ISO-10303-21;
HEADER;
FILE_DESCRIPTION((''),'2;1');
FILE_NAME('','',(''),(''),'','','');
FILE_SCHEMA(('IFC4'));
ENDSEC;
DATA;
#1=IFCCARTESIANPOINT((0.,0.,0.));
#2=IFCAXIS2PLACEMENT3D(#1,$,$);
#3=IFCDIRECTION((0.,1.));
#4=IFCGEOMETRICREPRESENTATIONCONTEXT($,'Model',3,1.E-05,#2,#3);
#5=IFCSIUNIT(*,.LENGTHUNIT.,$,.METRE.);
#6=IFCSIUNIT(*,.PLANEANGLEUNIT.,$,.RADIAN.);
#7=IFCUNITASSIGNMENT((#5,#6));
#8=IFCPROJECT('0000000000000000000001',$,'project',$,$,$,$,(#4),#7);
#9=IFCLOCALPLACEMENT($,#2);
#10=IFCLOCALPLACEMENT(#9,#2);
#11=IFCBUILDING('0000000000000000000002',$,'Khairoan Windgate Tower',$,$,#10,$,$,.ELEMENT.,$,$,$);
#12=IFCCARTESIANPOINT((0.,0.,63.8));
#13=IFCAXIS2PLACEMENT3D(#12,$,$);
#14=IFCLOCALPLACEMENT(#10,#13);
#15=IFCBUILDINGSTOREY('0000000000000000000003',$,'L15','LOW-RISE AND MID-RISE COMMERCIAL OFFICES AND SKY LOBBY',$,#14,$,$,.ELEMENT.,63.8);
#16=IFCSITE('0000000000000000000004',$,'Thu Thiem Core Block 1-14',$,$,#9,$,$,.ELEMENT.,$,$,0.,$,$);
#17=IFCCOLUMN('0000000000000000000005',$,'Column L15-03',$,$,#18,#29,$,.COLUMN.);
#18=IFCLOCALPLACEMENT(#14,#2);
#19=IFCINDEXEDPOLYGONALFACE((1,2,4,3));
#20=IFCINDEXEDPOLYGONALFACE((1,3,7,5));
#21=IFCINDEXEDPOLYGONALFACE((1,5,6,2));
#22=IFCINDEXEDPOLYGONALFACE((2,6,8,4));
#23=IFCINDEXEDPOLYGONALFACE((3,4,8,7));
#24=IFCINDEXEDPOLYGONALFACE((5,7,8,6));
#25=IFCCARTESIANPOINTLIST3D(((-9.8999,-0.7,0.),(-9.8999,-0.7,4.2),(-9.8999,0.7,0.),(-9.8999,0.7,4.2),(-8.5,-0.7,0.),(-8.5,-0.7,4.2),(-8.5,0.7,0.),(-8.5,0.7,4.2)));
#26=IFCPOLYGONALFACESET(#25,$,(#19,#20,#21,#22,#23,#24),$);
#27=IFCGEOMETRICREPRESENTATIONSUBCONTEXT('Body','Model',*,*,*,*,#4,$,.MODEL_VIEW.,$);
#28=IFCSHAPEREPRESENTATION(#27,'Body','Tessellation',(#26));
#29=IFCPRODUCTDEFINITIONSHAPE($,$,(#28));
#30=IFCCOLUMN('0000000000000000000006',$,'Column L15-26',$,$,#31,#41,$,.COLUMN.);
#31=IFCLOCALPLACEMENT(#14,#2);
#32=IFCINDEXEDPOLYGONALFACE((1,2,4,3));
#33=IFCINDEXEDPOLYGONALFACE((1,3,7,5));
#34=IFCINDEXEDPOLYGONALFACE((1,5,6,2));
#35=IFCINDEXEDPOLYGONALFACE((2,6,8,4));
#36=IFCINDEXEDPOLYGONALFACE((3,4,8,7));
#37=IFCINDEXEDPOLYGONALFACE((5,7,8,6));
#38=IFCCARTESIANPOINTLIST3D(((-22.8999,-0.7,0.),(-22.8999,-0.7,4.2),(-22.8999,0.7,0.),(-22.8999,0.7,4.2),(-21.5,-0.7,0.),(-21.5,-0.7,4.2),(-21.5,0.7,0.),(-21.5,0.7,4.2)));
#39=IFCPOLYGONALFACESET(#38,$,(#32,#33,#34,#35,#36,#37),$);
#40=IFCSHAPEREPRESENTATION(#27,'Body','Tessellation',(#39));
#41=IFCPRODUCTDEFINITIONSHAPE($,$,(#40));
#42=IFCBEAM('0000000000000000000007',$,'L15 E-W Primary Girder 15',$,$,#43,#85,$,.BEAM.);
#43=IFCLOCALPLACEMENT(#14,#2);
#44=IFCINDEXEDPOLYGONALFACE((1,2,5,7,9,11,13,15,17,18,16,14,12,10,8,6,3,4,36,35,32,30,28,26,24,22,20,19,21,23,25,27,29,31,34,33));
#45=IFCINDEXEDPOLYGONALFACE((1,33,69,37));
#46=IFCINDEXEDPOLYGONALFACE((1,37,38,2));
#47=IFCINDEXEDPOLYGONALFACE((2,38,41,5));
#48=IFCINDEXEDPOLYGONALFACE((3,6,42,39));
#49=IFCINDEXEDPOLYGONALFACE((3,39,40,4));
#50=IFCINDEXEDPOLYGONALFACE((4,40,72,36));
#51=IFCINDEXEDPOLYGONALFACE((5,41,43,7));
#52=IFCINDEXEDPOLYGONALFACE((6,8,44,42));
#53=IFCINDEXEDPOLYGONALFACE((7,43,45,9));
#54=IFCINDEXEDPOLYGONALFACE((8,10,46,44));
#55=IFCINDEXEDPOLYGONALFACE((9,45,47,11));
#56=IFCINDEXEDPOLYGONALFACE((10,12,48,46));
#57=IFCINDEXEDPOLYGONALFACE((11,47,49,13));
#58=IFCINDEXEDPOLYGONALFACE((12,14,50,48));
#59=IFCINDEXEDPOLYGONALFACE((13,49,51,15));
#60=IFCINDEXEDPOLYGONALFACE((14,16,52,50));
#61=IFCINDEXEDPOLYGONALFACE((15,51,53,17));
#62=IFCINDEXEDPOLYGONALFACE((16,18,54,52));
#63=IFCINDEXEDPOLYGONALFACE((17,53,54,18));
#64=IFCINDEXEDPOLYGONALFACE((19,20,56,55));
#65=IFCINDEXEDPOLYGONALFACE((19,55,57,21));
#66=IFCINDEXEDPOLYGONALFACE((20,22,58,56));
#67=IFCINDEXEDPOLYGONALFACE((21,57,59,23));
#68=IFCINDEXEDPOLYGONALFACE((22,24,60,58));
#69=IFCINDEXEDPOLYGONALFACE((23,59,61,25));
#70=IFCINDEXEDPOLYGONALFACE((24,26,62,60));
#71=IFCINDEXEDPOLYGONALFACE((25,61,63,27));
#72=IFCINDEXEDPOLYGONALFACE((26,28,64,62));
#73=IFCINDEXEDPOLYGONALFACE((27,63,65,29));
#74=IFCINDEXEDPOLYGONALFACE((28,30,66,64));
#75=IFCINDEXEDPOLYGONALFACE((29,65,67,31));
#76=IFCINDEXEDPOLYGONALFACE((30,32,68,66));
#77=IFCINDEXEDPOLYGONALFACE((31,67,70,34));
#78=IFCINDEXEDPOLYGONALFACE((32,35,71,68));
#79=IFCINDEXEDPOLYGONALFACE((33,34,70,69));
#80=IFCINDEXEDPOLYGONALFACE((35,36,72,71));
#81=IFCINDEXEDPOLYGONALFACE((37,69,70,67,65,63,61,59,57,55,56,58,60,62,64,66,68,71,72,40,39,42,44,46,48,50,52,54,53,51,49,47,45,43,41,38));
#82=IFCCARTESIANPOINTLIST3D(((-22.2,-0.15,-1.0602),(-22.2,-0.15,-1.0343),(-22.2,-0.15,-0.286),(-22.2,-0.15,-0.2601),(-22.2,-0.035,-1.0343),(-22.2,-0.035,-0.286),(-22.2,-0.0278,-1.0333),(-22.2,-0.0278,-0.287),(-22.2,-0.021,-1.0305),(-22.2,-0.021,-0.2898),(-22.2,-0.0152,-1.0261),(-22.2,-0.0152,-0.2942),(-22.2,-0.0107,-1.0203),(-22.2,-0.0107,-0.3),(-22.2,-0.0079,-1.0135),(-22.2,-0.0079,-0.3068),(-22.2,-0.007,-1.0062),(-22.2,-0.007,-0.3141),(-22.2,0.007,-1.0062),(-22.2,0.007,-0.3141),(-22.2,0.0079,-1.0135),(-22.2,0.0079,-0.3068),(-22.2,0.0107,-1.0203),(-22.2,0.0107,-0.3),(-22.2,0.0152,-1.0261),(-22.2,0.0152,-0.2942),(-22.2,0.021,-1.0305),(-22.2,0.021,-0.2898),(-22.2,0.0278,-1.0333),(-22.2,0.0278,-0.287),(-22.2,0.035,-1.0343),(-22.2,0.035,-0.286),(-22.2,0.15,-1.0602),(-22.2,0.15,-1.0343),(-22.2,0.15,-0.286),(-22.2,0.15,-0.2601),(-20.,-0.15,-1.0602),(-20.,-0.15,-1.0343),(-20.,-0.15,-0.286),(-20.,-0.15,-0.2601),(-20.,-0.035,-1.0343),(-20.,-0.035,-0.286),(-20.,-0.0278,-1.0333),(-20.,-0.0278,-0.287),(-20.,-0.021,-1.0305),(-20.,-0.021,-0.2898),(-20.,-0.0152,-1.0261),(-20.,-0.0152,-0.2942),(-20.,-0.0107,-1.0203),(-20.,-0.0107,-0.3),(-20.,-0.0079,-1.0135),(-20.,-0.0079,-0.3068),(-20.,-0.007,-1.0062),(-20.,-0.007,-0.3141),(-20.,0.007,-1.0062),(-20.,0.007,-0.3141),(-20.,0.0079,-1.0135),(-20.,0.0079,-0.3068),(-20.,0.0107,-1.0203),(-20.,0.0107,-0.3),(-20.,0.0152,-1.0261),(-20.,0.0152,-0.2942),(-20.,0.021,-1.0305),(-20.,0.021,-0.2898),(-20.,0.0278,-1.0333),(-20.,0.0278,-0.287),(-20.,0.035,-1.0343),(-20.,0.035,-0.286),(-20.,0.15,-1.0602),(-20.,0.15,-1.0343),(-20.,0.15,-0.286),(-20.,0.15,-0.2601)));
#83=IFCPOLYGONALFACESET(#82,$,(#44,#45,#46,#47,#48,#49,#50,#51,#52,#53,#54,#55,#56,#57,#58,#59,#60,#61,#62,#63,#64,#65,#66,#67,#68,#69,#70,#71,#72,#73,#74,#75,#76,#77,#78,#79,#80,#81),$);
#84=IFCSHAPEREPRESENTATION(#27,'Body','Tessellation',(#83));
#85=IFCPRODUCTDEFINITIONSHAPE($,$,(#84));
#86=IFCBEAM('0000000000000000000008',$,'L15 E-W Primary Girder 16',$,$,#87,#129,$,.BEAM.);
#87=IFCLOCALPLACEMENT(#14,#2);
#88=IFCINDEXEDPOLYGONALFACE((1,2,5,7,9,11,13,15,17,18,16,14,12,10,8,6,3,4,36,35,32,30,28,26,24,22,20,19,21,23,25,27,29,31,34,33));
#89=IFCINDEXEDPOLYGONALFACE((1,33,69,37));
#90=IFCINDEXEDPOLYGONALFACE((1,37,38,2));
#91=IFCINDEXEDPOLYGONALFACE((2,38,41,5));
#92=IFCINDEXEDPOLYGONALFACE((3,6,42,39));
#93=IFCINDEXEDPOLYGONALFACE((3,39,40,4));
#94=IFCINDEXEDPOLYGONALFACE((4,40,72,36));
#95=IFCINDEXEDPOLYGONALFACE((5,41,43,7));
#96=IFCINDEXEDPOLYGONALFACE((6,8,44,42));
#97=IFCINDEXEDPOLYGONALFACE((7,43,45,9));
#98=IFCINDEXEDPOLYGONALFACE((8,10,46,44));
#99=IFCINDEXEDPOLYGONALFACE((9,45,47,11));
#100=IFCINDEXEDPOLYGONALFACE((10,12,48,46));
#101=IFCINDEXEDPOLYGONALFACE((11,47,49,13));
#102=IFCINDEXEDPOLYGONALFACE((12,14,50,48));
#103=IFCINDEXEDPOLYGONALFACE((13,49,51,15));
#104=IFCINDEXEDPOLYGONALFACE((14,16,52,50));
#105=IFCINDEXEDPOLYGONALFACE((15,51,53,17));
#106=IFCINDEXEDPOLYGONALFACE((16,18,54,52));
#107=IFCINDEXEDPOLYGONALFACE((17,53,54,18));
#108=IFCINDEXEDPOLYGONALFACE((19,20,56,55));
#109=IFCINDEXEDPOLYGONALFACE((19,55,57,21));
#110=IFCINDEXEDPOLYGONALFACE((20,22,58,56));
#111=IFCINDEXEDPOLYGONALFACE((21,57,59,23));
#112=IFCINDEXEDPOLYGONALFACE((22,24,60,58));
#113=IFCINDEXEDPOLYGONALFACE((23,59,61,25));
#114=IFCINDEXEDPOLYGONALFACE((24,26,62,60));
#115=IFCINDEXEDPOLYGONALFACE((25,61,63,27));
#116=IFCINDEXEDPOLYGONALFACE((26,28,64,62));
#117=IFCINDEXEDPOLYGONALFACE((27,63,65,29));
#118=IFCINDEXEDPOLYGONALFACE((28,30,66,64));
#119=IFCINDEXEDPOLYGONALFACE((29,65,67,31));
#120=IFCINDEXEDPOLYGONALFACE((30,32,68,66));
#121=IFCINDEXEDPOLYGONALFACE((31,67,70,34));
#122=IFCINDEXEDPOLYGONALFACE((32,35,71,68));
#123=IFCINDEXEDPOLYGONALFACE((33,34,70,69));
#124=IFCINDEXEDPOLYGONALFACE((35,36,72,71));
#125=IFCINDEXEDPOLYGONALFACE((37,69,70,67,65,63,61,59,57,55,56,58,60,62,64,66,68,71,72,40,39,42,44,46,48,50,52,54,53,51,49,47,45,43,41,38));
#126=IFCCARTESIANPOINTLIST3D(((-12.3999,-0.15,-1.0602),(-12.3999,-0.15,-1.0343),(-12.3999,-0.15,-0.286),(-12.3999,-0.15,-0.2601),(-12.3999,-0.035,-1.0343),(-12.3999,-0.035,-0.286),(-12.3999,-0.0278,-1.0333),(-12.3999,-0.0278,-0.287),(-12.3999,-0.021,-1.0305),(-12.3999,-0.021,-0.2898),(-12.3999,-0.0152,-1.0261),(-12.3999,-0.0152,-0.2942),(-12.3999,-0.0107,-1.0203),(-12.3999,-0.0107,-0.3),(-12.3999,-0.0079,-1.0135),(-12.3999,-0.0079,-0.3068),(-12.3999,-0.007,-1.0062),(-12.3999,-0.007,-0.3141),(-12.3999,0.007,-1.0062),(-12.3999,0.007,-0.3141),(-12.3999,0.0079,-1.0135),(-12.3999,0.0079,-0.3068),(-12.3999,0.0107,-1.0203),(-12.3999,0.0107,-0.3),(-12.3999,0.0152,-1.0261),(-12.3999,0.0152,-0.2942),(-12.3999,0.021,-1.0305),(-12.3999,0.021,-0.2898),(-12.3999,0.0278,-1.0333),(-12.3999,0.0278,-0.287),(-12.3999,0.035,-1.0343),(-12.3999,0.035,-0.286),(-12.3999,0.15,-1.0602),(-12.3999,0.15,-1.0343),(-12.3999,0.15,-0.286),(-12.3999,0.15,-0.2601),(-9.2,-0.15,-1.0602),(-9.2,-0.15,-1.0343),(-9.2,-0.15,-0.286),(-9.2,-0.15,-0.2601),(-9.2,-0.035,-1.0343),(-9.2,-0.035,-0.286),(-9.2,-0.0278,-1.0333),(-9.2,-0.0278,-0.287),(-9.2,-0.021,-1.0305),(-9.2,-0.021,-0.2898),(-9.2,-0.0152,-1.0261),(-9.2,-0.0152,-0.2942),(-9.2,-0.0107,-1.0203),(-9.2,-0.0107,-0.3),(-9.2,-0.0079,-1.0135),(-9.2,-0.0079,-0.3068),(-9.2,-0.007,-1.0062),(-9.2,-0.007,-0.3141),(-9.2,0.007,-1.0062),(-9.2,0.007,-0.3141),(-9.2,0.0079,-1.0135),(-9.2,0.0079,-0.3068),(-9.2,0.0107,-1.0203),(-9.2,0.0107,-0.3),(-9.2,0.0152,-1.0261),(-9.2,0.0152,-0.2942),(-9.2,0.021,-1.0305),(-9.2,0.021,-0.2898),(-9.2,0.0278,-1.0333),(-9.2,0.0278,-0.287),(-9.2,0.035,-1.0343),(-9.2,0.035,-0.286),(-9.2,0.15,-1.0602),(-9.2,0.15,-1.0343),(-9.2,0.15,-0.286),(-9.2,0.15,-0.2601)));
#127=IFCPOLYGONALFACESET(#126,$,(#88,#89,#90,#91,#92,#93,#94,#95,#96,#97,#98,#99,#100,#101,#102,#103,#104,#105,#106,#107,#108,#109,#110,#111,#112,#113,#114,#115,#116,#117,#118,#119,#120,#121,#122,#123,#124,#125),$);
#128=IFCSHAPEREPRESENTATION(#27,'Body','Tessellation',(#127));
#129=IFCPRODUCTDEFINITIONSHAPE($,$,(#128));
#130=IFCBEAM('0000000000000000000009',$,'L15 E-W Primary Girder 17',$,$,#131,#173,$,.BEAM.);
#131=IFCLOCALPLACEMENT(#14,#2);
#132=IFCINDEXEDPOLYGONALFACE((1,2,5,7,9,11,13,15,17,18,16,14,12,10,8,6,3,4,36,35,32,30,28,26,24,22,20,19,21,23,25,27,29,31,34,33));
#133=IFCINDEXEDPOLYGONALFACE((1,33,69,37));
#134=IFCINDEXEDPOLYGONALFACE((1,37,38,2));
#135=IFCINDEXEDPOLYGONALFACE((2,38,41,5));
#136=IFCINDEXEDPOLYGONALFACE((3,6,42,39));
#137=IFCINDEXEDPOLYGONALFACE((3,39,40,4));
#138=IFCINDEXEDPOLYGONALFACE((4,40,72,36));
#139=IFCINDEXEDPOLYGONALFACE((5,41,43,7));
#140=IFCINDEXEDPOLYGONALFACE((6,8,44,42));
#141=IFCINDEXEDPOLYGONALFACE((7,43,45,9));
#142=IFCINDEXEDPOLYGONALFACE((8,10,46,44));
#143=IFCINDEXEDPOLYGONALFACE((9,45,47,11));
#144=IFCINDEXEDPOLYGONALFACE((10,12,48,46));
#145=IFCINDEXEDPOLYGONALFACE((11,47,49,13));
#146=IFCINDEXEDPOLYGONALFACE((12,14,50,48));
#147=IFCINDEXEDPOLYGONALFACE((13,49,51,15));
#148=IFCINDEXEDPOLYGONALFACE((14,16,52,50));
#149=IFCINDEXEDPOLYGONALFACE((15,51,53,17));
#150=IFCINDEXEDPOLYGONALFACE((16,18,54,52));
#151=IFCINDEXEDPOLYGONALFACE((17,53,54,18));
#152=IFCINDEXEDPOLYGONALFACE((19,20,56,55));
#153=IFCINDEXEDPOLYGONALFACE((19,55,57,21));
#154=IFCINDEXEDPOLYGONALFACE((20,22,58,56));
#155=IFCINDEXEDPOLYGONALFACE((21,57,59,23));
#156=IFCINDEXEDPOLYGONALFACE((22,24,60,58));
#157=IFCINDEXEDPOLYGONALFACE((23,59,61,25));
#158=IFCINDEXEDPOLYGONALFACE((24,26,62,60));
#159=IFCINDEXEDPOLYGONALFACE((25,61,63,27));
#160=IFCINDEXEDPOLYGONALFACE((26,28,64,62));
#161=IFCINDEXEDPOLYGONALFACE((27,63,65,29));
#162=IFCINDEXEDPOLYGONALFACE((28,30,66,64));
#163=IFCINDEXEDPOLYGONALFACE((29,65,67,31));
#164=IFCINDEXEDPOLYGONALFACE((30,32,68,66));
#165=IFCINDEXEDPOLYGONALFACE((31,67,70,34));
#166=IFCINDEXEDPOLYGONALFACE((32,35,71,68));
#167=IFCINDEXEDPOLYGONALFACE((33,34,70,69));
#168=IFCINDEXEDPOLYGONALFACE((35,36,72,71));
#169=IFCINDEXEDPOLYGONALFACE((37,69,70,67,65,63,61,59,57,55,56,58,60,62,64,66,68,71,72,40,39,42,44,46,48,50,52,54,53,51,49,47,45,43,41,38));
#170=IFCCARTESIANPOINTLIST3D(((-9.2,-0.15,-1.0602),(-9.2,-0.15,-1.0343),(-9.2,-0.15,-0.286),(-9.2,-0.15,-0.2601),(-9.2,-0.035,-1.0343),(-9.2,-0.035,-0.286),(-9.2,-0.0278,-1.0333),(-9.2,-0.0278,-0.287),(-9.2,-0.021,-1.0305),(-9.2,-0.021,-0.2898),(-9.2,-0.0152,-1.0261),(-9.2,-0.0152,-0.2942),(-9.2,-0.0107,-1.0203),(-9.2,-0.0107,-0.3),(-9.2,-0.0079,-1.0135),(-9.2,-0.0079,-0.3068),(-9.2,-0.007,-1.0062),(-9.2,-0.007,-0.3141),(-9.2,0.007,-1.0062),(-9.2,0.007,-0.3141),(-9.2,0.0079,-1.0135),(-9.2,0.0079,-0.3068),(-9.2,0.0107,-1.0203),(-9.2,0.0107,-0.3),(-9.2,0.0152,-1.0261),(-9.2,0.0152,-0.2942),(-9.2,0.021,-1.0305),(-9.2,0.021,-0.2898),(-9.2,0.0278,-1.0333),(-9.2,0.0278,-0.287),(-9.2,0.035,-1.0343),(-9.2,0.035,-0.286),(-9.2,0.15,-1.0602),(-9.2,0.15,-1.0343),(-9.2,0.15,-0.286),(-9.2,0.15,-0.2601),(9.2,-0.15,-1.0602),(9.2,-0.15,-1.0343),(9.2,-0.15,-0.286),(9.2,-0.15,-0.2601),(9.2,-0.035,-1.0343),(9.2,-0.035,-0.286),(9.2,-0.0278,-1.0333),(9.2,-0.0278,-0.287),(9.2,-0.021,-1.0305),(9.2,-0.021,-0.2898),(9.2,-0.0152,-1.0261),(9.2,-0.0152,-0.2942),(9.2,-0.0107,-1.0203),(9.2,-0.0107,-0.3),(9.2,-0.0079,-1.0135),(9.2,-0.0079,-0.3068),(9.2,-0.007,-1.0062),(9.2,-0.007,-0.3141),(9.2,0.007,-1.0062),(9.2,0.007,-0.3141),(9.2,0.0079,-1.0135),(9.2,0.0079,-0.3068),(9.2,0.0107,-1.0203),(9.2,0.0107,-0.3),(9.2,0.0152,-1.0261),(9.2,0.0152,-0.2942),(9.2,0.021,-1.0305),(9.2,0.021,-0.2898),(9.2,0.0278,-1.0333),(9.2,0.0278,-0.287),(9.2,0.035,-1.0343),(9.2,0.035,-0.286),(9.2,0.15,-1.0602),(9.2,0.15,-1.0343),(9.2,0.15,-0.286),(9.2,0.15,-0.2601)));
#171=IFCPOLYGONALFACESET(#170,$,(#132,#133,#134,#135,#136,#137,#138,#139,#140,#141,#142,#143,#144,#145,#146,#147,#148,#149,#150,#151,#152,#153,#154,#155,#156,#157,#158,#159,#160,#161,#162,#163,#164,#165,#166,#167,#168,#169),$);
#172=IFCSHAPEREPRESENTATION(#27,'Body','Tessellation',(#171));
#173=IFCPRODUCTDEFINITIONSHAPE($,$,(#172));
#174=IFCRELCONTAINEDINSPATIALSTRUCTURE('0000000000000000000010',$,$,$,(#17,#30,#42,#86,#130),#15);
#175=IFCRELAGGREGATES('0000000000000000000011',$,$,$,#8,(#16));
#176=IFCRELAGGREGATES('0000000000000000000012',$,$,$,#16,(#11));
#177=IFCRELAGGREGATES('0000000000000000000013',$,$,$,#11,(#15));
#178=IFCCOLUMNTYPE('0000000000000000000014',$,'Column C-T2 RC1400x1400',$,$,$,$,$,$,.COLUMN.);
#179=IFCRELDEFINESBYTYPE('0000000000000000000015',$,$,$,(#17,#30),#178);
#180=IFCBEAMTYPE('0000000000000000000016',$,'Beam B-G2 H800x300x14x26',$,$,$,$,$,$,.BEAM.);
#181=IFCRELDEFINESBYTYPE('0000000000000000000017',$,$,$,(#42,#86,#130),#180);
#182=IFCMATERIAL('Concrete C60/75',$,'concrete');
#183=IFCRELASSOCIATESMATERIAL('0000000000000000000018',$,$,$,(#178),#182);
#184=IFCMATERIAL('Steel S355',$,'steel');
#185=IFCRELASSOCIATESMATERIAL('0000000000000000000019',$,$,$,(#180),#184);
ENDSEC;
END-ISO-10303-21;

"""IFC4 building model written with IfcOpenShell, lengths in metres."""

from ifc_helpers import new_model, si_unit, direction, frame, origin, origin_2d, place, context, subcontext, project, spatial, rectangle, i_section, extrude, material, material_profile, profile_set, type_object, element, save


model = new_model("IFC4")

# Units and contexts
model_context = context("Model", 3, precision=1e-05, world=origin(), true_north=direction((0.0, 1.0)))
body_context = subcontext(model_context, "Body", "Model", "MODEL_VIEW")
ifc_project = project(units=[si_unit("LENGTHUNIT", "METRE"), si_unit("PLANEANGLEUNIT", "RADIAN")], contexts=[model_context])

# Site, building, storey
site_placement = place(None, origin())
site = spatial("IfcSite", under=ifc_project, at=site_placement, Name="Thu Thiem Core Block 1-14", CompositionType="ELEMENT", RefElevation=0.0)
building_placement = place(site_placement, origin())
building = spatial("IfcBuilding", under=site, at=building_placement, Name="Khairoan Windgate Tower", CompositionType="ELEMENT")
storey_placement = place(building_placement, frame((0.0, 0.0, 63.8)))
storey = spatial("IfcBuildingStorey", under=building, at=storey_placement, Name="L15", Description="LOW-RISE AND MID-RISE COMMERCIAL OFFICES AND SKY LOBBY", CompositionType="ELEMENT", Elevation=63.8)

# Columns
ifc_material_1 = material(Name="Concrete C60/75", Category="concrete")
ifc_material_profile_1 = material_profile(ifc_material_1, rectangle(XDim=1.3999, YDim=1.3999, at=origin_2d()))
ifc_profile_set_1 = profile_set([ifc_material_profile_1], Name="Concrete C60/75")
column_type = type_object("IfcColumnType", Name="Column C-T2 RC1400x1400", PredefinedType="COLUMN", material=ifc_profile_set_1)
for number, where, z_axis, x_axis, name in (
    (1, (-9.2, 0.0, 0.0), (0.0, 0.0, 1.0), (1.0, 0.0, 0.0), "Column L15-03"),
    (2, (-22.2, 0.0, 0.0), (0.0, 0.0, 1.0), (1.0, 0.0, 0.0), "Column L15-26"),
):
    element("IfcColumn", number, at=place(storey_placement, frame(where, z_axis=z_axis, x_axis=x_axis)), inside=storey, type_object=column_type, Name=name, PredefinedType="COLUMN", context=body_context, shape_type="SweptSolid", body=[
        extrude(rectangle(XDim=1.3999, YDim=1.3999, at=origin_2d()), origin(), (0.0, 0.0, 1.0), 4.2),
    ])

# Beams
ifc_material_2 = material(Name="Steel S355", Category="steel")
ifc_material_profile_2 = material_profile(ifc_material_2, i_section(OverallWidth=0.3, OverallDepth=0.8, WebThickness=0.0139, FlangeThickness=0.0259, FilletRadius=0.0281, at=origin_2d()))
ifc_profile_set_2 = profile_set([ifc_material_profile_2], Name="Steel S355")
beam_type_1 = type_object("IfcBeamType", Name="Beam B-G2 H800x300x14x26", PredefinedType="BEAM", material=ifc_profile_set_2)
beam_1_placement = place(storey_placement, frame((-22.2, 0.0, -0.6602), z_axis=(1.0, 0.0, 0.0), x_axis=(0.0, 1.0, 0.0)))
element("IfcBeam", 3, at=beam_1_placement, inside=storey, type_object=beam_type_1, Name="L15 E-W Primary Girder 15", PredefinedType="BEAM", context=body_context, shape_type="SweptSolid", body=[
    extrude(i_section(OverallWidth=0.3, OverallDepth=0.8, WebThickness=0.0139, FlangeThickness=0.0259, FilletRadius=0.0281, at=origin_2d()), origin(), (0.0, 0.0, 1.0), 2.2),
])
beam_2_placement = place(storey_placement, frame((-12.3999, 0.0, -0.6602), z_axis=(1.0, 0.0, 0.0), x_axis=(0.0, 1.0, 0.0)))
element("IfcBeam", 4, at=beam_2_placement, inside=storey, type_object=beam_type_1, Name="L15 E-W Primary Girder 16", PredefinedType="BEAM", context=body_context, shape_type="SweptSolid", body=[
    extrude(i_section(OverallWidth=0.3, OverallDepth=0.8, WebThickness=0.0139, FlangeThickness=0.0259, FilletRadius=0.0281, at=origin_2d()), origin(), (0.0, 0.0, 1.0), 3.2),
])
beam_3_placement = place(storey_placement, frame((-9.2, 0.0, -0.6602), z_axis=(1.0, 0.0, 0.0), x_axis=(0.0, 1.0, 0.0)))
element("IfcBeam", 5, at=beam_3_placement, inside=storey, type_object=beam_type_1, Name="L15 E-W Primary Girder 17", PredefinedType="BEAM", context=body_context, shape_type="SweptSolid", body=[
    extrude(i_section(OverallWidth=0.3, OverallDepth=0.8, WebThickness=0.0139, FlangeThickness=0.0259, FilletRadius=0.0281, at=origin_2d()), origin(), (0.0, 0.0, 1.0), 18.3999),
])

save(model, "model.ifc")
